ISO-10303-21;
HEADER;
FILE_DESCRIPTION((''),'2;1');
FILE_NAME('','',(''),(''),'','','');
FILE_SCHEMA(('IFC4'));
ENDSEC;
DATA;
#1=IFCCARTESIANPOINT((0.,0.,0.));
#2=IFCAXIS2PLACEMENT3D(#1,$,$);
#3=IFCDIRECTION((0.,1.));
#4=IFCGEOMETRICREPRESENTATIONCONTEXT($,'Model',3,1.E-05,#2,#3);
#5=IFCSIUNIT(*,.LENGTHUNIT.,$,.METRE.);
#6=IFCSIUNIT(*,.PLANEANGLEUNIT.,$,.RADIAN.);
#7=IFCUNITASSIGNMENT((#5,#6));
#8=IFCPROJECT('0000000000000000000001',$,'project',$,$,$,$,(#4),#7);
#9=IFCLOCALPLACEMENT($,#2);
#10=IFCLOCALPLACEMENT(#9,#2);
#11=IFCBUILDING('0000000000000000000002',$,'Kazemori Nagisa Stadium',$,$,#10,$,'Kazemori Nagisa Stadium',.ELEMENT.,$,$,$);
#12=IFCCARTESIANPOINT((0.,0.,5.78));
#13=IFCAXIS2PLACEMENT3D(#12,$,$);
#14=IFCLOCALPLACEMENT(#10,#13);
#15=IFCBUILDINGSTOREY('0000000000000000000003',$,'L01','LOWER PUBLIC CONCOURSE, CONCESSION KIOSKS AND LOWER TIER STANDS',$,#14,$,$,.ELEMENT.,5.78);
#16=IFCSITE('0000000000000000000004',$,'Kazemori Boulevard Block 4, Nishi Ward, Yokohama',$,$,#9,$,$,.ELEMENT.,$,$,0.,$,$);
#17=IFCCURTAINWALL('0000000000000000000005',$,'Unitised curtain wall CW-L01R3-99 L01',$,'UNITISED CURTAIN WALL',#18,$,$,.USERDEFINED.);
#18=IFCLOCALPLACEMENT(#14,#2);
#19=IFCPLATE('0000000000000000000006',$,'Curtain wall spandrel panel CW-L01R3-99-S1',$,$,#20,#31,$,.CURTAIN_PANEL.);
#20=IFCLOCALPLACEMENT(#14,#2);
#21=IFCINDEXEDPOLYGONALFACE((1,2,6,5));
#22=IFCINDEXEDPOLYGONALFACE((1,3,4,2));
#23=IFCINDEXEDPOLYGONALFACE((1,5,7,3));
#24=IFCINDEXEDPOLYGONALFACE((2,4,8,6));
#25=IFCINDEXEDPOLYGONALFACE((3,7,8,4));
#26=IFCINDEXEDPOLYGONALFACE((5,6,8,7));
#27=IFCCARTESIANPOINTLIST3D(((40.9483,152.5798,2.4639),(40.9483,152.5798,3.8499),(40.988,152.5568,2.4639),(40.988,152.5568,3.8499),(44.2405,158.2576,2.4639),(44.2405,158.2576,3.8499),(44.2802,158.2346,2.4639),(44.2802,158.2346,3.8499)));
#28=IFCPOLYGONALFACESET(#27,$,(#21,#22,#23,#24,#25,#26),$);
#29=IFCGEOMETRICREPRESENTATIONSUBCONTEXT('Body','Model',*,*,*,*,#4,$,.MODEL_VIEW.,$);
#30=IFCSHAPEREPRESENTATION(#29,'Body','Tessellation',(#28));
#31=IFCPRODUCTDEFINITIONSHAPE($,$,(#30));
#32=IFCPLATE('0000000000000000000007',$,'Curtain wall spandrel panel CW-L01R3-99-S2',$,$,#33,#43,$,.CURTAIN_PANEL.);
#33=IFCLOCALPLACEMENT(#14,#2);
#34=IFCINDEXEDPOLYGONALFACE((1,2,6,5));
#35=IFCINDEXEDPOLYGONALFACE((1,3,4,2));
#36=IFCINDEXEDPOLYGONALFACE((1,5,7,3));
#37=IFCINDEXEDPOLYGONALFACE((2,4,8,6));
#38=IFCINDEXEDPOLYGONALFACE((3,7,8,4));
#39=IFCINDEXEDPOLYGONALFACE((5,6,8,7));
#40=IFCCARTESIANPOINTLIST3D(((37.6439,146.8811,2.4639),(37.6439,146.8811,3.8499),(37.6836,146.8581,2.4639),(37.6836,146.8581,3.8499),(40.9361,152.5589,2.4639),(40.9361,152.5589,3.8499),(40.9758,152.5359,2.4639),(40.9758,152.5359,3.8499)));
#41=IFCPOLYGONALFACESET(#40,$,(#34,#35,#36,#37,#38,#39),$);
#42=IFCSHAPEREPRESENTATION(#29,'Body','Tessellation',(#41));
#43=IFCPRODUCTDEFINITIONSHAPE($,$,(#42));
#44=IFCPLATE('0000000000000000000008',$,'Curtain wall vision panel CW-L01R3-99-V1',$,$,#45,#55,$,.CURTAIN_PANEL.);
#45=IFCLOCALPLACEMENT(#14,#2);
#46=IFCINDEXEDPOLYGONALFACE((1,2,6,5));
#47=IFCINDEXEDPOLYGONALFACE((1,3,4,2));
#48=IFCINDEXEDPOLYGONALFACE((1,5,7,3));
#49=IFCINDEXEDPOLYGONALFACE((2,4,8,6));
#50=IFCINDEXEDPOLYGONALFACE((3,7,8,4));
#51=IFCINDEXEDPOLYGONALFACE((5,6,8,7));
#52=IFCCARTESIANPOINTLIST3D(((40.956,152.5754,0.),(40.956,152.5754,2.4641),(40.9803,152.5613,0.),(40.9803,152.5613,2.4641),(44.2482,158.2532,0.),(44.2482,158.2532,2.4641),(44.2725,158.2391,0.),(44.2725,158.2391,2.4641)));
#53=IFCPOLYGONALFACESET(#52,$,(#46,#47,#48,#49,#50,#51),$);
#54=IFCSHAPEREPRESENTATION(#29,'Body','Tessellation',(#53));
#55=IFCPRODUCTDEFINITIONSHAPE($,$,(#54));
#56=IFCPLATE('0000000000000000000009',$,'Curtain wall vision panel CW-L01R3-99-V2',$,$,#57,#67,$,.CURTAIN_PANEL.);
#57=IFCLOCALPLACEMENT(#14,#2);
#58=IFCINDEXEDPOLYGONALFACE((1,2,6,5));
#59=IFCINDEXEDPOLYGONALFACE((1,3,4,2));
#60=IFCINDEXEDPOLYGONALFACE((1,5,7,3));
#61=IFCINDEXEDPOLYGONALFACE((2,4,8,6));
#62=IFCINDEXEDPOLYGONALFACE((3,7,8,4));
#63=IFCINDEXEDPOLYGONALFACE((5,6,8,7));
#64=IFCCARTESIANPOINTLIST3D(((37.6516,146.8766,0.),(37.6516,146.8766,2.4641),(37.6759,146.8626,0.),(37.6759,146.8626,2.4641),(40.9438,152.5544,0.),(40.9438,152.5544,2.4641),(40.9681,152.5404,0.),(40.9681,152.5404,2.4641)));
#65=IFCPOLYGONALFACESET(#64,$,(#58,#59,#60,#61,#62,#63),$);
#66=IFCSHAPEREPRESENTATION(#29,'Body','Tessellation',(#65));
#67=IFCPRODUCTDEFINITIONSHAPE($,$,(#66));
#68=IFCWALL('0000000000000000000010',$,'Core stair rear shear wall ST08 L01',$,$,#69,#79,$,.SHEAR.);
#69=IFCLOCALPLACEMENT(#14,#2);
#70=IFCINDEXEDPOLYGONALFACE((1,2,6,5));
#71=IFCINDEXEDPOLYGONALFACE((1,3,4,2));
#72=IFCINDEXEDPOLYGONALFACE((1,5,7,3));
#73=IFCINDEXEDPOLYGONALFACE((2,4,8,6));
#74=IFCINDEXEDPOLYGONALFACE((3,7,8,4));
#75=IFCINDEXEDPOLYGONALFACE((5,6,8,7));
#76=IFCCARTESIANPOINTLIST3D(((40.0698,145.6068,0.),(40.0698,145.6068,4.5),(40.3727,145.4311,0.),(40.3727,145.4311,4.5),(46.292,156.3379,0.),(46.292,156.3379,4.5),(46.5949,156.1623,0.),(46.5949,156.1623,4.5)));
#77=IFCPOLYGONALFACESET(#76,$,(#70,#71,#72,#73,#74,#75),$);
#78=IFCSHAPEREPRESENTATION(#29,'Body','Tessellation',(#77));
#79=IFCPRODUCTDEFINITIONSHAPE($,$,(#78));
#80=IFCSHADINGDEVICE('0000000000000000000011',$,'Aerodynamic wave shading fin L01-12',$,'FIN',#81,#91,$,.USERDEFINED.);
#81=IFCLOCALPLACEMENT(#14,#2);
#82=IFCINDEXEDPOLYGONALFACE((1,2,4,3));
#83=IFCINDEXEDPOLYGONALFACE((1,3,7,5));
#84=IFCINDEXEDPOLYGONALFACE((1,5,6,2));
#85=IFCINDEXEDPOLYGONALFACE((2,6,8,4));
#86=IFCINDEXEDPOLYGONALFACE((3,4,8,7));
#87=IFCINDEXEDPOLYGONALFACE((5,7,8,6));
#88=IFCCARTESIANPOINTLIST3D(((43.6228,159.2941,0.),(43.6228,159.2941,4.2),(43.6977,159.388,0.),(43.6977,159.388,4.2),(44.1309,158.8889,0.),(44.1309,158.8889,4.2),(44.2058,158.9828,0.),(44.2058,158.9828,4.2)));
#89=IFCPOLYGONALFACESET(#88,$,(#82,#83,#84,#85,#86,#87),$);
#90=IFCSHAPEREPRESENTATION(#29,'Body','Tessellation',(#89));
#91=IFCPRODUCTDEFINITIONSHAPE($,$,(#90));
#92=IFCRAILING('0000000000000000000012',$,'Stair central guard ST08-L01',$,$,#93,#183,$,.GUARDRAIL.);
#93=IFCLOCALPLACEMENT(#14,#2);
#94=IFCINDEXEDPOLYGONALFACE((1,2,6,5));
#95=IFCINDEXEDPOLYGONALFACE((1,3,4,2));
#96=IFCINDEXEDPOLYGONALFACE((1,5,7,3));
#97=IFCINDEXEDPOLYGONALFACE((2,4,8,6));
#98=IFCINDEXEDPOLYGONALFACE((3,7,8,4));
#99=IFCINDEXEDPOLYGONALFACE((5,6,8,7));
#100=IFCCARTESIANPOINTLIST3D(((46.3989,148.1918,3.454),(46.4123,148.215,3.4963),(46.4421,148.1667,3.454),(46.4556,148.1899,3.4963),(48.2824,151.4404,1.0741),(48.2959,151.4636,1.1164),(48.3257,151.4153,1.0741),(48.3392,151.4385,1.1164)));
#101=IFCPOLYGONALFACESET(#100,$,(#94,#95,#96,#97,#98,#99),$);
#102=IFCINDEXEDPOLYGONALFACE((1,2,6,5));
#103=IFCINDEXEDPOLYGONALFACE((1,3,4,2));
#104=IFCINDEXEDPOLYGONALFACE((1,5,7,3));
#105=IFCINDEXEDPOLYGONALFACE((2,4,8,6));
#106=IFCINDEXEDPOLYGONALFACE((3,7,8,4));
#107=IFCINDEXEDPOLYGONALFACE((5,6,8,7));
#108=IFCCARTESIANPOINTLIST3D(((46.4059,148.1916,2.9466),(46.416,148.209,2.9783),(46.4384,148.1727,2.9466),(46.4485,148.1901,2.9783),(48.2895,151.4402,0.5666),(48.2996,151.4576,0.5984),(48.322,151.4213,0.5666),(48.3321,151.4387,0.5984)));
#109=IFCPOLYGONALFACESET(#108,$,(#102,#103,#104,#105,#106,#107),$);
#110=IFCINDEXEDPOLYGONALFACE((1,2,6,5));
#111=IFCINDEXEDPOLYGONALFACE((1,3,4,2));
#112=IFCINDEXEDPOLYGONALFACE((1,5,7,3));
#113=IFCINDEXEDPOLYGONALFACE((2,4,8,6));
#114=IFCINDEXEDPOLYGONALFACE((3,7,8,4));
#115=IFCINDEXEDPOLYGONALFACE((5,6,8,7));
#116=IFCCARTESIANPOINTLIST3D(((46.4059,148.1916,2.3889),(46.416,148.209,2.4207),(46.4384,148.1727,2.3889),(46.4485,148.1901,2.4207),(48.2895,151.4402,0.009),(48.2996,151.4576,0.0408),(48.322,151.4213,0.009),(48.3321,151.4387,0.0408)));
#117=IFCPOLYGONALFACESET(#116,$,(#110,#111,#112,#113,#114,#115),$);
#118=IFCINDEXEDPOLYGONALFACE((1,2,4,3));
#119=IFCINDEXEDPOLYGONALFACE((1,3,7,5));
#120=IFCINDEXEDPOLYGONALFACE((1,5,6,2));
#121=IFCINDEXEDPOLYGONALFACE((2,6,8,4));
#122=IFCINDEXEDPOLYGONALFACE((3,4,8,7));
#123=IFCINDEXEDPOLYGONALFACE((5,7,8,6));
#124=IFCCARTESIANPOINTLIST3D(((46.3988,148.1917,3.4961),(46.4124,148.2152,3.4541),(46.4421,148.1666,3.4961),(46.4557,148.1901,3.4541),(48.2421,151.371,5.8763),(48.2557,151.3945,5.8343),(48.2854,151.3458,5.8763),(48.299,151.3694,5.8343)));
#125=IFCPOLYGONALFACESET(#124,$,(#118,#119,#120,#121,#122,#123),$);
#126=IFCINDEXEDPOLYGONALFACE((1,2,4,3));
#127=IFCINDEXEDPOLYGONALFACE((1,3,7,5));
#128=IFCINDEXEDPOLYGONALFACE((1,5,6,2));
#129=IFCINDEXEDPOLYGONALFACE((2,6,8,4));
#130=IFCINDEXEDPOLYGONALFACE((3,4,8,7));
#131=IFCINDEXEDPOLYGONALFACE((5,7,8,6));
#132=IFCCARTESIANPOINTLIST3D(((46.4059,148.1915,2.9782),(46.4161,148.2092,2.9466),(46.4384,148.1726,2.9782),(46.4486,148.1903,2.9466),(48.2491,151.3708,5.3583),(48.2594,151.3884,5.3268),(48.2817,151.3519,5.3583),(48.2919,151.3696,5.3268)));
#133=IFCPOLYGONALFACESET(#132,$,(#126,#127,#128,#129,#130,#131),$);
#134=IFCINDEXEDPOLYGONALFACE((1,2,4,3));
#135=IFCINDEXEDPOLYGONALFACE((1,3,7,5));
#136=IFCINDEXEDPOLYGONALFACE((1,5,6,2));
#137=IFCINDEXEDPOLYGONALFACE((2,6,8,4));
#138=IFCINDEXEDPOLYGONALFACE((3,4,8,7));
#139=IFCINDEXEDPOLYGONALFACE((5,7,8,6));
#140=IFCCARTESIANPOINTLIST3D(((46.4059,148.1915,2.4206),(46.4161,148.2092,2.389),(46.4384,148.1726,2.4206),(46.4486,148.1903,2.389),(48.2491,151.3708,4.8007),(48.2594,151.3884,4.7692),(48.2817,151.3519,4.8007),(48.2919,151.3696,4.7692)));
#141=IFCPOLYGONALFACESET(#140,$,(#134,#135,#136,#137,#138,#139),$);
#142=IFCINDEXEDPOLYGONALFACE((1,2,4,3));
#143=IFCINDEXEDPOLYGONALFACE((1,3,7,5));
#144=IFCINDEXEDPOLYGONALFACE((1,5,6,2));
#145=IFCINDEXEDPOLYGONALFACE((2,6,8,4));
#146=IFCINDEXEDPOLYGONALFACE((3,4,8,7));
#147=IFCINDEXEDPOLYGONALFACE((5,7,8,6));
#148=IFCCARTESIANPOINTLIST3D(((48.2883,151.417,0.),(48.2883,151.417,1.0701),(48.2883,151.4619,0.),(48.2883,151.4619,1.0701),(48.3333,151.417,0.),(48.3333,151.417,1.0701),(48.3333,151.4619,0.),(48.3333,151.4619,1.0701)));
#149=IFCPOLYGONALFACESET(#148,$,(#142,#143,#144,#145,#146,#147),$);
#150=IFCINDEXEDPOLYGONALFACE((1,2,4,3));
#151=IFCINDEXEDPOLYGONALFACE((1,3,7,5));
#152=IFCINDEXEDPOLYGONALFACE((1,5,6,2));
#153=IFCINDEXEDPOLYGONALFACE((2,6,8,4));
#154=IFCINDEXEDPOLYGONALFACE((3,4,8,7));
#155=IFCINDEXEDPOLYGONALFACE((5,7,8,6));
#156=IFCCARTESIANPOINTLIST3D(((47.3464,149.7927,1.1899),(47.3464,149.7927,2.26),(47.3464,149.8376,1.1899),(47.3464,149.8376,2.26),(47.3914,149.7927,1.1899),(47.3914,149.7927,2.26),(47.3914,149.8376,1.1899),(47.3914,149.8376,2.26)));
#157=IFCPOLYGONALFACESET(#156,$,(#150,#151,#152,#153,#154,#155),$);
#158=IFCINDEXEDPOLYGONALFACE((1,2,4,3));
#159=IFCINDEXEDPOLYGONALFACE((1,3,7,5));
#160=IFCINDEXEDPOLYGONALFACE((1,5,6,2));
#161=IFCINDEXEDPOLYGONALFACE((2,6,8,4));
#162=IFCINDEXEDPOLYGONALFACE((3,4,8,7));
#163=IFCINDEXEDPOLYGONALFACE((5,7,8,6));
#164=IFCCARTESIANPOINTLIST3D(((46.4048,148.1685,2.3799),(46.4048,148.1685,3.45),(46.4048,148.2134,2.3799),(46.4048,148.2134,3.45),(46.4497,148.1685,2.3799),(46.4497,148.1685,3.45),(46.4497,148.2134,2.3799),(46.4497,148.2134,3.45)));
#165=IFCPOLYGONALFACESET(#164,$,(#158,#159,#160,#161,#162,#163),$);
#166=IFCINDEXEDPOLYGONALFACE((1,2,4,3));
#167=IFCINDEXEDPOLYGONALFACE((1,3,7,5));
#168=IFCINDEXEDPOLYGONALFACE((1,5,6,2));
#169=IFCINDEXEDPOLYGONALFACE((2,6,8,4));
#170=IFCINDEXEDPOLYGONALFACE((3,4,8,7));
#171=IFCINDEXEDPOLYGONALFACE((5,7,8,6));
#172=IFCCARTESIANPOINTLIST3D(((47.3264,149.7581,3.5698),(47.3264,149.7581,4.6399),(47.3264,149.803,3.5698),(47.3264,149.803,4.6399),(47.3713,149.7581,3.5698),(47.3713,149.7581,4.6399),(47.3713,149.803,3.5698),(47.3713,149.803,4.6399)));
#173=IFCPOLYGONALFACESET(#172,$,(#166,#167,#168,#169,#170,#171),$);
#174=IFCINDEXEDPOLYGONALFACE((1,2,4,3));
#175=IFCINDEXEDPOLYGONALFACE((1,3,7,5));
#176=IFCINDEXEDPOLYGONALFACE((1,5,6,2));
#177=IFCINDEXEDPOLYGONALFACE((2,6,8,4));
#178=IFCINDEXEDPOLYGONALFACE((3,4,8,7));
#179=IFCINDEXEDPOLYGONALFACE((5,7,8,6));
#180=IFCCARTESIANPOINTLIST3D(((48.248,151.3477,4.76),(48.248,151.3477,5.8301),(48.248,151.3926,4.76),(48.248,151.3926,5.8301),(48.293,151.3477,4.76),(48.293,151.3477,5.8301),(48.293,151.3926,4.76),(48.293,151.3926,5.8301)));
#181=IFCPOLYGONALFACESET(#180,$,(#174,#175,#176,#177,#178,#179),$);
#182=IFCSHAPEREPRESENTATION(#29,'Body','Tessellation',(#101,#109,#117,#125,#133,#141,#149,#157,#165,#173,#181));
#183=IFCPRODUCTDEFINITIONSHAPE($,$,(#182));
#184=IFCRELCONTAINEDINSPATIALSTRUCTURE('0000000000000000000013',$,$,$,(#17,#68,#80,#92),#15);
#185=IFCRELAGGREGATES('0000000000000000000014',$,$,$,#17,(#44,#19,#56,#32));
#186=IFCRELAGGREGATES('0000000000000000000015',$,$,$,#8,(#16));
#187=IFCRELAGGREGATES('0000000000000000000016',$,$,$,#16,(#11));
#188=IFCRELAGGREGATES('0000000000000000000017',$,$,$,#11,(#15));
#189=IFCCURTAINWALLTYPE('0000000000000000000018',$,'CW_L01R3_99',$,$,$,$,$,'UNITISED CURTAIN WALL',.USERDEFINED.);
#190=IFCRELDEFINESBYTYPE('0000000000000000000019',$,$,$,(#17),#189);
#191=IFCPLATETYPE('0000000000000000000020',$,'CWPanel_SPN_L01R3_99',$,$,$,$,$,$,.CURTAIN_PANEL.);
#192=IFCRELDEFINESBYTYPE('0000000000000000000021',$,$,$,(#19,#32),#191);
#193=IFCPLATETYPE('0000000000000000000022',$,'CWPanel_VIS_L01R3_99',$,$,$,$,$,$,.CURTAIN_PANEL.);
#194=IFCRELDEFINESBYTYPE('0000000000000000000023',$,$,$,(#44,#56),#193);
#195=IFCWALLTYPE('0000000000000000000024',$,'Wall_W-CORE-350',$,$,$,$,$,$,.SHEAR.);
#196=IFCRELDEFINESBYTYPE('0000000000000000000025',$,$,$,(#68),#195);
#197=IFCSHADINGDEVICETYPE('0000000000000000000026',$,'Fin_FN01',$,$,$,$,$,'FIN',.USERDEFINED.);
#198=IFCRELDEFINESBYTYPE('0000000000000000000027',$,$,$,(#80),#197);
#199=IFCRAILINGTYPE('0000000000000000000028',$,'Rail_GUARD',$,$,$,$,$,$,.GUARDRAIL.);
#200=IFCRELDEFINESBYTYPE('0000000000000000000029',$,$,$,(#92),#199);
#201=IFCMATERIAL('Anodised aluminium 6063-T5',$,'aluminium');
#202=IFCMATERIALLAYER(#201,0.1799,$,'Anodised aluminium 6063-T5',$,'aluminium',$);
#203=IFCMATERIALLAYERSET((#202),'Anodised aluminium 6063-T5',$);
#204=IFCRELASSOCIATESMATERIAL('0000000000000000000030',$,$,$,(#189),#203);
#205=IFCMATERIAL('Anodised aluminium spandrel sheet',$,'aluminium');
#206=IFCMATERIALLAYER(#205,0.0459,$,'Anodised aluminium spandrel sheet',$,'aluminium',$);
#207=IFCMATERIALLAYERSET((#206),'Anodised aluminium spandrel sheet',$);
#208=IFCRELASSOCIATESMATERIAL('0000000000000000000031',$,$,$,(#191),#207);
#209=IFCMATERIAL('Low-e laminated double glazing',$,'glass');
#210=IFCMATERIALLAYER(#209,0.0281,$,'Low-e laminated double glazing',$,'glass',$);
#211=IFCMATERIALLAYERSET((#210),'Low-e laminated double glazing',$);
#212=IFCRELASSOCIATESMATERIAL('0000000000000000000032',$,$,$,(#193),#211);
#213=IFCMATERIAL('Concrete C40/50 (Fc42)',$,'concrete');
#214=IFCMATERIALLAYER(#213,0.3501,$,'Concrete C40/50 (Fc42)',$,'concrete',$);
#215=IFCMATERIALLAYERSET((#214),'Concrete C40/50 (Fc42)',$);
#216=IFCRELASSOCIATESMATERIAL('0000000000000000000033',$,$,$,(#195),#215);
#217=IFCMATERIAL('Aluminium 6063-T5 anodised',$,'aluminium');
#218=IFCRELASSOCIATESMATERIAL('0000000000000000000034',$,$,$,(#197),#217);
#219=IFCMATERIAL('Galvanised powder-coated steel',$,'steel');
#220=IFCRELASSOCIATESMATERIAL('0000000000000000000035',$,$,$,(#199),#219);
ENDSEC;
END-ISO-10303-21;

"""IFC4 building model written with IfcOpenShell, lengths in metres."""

from ifc_helpers import new_model, si_unit, direction, frame, frame_2d, origin, origin_2d, place, context, subcontext, project, spatial, rectangle, extrude, material, layer, layer_set, type_object, element, aggregate, save


model = new_model("IFC4")

# Units and contexts
model_context = context("Model", 3, precision=1e-05, world=origin(), true_north=direction((0.0, 1.0)))
body_context = subcontext(model_context, "Body", "Model", "MODEL_VIEW")
ifc_project = project(units=[si_unit("LENGTHUNIT", "METRE"), si_unit("PLANEANGLEUNIT", "RADIAN")], contexts=[model_context])

# Site, building, storey
site_placement = place(None, origin())
site = spatial("IfcSite", under=ifc_project, at=site_placement, Name="Kazemori Boulevard Block 4, Nishi Ward, Yokohama", CompositionType="ELEMENT", RefElevation=0.0)
building_placement = place(site_placement, origin())
building = spatial("IfcBuilding", under=site, at=building_placement, Name="Kazemori Nagisa Stadium", LongName="Kazemori Nagisa Stadium", CompositionType="ELEMENT")
storey_placement = place(building_placement, frame((0.0, 0.0, 5.78)))
storey = spatial("IfcBuildingStorey", under=building, at=storey_placement, Name="L01", Description="LOWER PUBLIC CONCOURSE, CONCESSION KIOSKS AND LOWER TIER STANDS", CompositionType="ELEMENT", Elevation=5.78)

# Shared definitions
ifc_material_1 = material(Name="Concrete C40/50 (Fc42)", Category="concrete")

# Curtain wall, plates
ifc_material_2 = material(Name="Anodised aluminium 6063-T5", Category="aluminium")
ifc_layer_1 = layer(ifc_material_2, 0.1799, Name="Anodised aluminium 6063-T5", Category="aluminium")
ifc_layer_set_1 = layer_set([ifc_layer_1], Name="Anodised aluminium 6063-T5")
curtain_wall_type = type_object("IfcCurtainWallType", Name="CW_L01R3_99", ElementType="UNITISED CURTAIN WALL", PredefinedType="USERDEFINED", material=ifc_layer_set_1)
curtain_wall_placement = place(storey_placement, origin())
curtain_wall = element("IfcCurtainWall", 1, at=curtain_wall_placement, inside=storey, type_object=curtain_wall_type, Name="Unitised curtain wall CW-L01R3-99 L01", ObjectType="UNITISED CURTAIN WALL", PredefinedType="USERDEFINED")
ifc_material_3 = material(Name="Aluminium 6063-T5 anodised", Category="aluminium")
ifc_material_4 = material(Name="Anodised aluminium spandrel sheet", Category="aluminium")
ifc_layer_2 = layer(ifc_material_4, 0.0459, Name="Anodised aluminium spandrel sheet", Category="aluminium")
ifc_layer_set_2 = layer_set([ifc_layer_2], Name="Anodised aluminium spandrel sheet")
plate_type_1 = type_object("IfcPlateType", Name="CWPanel_SPN_L01R3_99", PredefinedType="CURTAIN_PANEL", material=ifc_layer_set_2)
plate_1_placement = place(storey_placement, frame((42.6143, 155.4072, 2.4639), z_axis=(0.0, 0.0, 1.0), x_axis=(-0.501612, -0.865093, 0.0)))
plate_1 = element("IfcPlate", 2, at=plate_1_placement, type_object=plate_type_1, Name="Curtain wall spandrel panel CW-L01R3-99-S1", PredefinedType="CURTAIN_PANEL", context=body_context, shape_type="SweptSolid", body=[
    extrude(rectangle(XDim=6.5632, YDim=0.0459, at=origin_2d()), origin(), (0.0, 0.0, 1.0), 1.386),
])
plate_2_placement = place(storey_placement, frame((39.3098, 149.7085, 2.4639), z_axis=(0.0, 0.0, 1.0), x_axis=(-0.501612, -0.865093, 0.0)))
plate_2 = element("IfcPlate", 3, at=plate_2_placement, type_object=plate_type_1, Name="Curtain wall spandrel panel CW-L01R3-99-S2", PredefinedType="CURTAIN_PANEL", context=body_context, shape_type="SweptSolid", body=[
    extrude(rectangle(XDim=6.5632, YDim=0.0459, at=origin_2d()), origin(), (0.0, 0.0, 1.0), 1.386),
])
ifc_material_5 = material(Name="Low-e laminated double glazing", Category="glass")
ifc_layer_3 = layer(ifc_material_5, 0.0281, Name="Low-e laminated double glazing", Category="glass")
ifc_layer_set_3 = layer_set([ifc_layer_3], Name="Low-e laminated double glazing")
plate_type_2 = type_object("IfcPlateType", Name="CWPanel_VIS_L01R3_99", PredefinedType="CURTAIN_PANEL", material=ifc_layer_set_3)
plate_3_placement = place(storey_placement, frame((42.6143, 155.4072, 0.0), z_axis=(0.0, 0.0, 1.0), x_axis=(-0.501612, -0.865093, 0.0)))
plate_3 = element("IfcPlate", 4, at=plate_3_placement, type_object=plate_type_2, Name="Curtain wall vision panel CW-L01R3-99-V1", PredefinedType="CURTAIN_PANEL", context=body_context, shape_type="SweptSolid", body=[
    extrude(rectangle(XDim=6.5632, YDim=0.0281, at=origin_2d()), origin(), (0.0, 0.0, 1.0), 2.4641),
])
plate_4_placement = place(storey_placement, frame((39.3098, 149.7085, 0.0), z_axis=(0.0, 0.0, 1.0), x_axis=(-0.501612, -0.865093, 0.0)))
plate_4 = element("IfcPlate", 5, at=plate_4_placement, type_object=plate_type_2, Name="Curtain wall vision panel CW-L01R3-99-V2", PredefinedType="CURTAIN_PANEL", context=body_context, shape_type="SweptSolid", body=[
    extrude(rectangle(XDim=6.5632, YDim=0.0281, at=origin_2d()), origin(), (0.0, 0.0, 1.0), 2.4641),
])
aggregate(curtain_wall, [plate_3, plate_1, plate_4, plate_2])

# Wall
ifc_layer_4 = layer(ifc_material_1, 0.3501, Name="Concrete C40/50 (Fc42)", Category="concrete")
ifc_layer_set_4 = layer_set([ifc_layer_4], Name="Concrete C40/50 (Fc42)")
wall_type = type_object("IfcWallType", Name="Wall_W-CORE-350", PredefinedType="SHEAR", material=ifc_layer_set_4)
wall_placement = place(storey_placement, frame((46.4434, 156.25, 0.0), z_axis=(0.0, 0.0, 1.0), x_axis=(-0.501602, -0.865099, 0.0)))
element("IfcWall", 6, at=wall_placement, inside=storey, type_object=wall_type, Name="Core stair rear shear wall ST08 L01", PredefinedType="SHEAR", context=body_context, shape_type="SweptSolid", body=[
    extrude(rectangle(XDim=12.4045, YDim=0.3501, at=frame_2d((6.2021, 0.0))), origin(), (0.0, 0.0, 1.0), 4.5),
])

# Shading device
shading_device_type = type_object("IfcShadingDeviceType", Name="Fin_FN01", ElementType="FIN", PredefinedType="USERDEFINED", material=ifc_material_3)
shading_device_placement = place(storey_placement, frame((43.9143, 159.1384, 0.0), z_axis=(0.0, 0.0, 1.0), x_axis=(-0.781831, 0.62349, 0.0)))
element("IfcShadingDevice", 7, at=shading_device_placement, inside=storey, type_object=shading_device_type, Name="Aerodynamic wave shading fin L01-12", ObjectType="FIN", PredefinedType="USERDEFINED", context=body_context, shape_type="SweptSolid", body=[
    extrude(rectangle(XDim=0.6499, YDim=0.1201, at=origin_2d()), origin(), (0.0, 0.0, 1.0), 4.2),
])

# Railing
ifc_material_6 = material(Name="Galvanised powder-coated steel", Category="steel")
railing_type_1 = type_object("IfcRailingType", Name="Rail_GUARD", PredefinedType="GUARDRAIL", material=ifc_material_6)
railing_1_placement = place(storey_placement, frame((48.3108, 151.4395, 0.0)))
element("IfcRailing", 8, at=railing_1_placement, inside=storey, type_object=railing_type_1, Name="Stair central guard ST08-L01", PredefinedType="GUARDRAIL", context=body_context, shape_type="SweptSolid", body=[
    extrude(rectangle(XDim=0.05, YDim=0.05, at=origin_2d()), frame((0.0, 0.0, 1.0952), z_axis=(-0.423675, -0.730708, 0.535318), x_axis=(0.865101, -0.501597, 0.0)), (0.0, 0.0, 1.0), 4.4458),
    extrude(rectangle(XDim=0.0376, YDim=0.0376, at=origin_2d()), frame((0.0, 0.0, 0.5825), z_axis=(-0.423675, -0.730708, 0.535318), x_axis=(0.865101, -0.501597, 0.0)), (0.0, 0.0, 1.0), 4.4458),
    extrude(rectangle(XDim=0.0376, YDim=0.0376, at=origin_2d()), frame((0.0, 0.0, 0.0249), z_axis=(-0.423675, -0.730708, 0.535318), x_axis=(0.865101, -0.501597, 0.0)), (0.0, 0.0, 1.0), 4.4458),
    extrude(rectangle(XDim=0.05, YDim=0.05, at=origin_2d()), frame((-1.8835, -3.2485, 3.4751), z_axis=(0.420995, 0.726119, 0.543613), x_axis=(-0.865111, 0.501581, 0.0)), (0.0, 0.0, 1.0), 4.3784),
    extrude(rectangle(XDim=0.0376, YDim=0.0376, at=origin_2d()), frame((-1.8835, -3.2485, 2.9624), z_axis=(0.420995, 0.726119, 0.543613), x_axis=(-0.865111, 0.501581, 0.0)), (0.0, 0.0, 1.0), 4.3784),
    extrude(rectangle(XDim=0.0376, YDim=0.0376, at=origin_2d()), frame((-1.8835, -3.2485, 2.4048), z_axis=(0.420995, 0.726119, 0.543613), x_axis=(-0.865111, 0.501581, 0.0)), (0.0, 0.0, 1.0), 4.3784),
    extrude(rectangle(XDim=0.0449, YDim=0.0449, at=origin_2d()), origin(), (0.0, 0.0, 1.0), 1.0701),
    extrude(rectangle(XDim=0.0449, YDim=0.0449, at=origin_2d()), frame((-0.9419, -1.6243, 1.1899)), (0.0, 0.0, 1.0), 1.0701),
    extrude(rectangle(XDim=0.0449, YDim=0.0449, at=origin_2d()), frame((-1.8835, -3.2485, 2.3799)), (0.0, 0.0, 1.0), 1.0701),
    extrude(rectangle(XDim=0.0449, YDim=0.0449, at=origin_2d()), frame((-0.9619, -1.6589, 3.5698)), (0.0, 0.0, 1.0), 1.0701),
    extrude(rectangle(XDim=0.0449, YDim=0.0449, at=origin_2d()), frame((-0.0403, -0.0693, 4.76)), (0.0, 0.0, 1.0), 1.0701),
])

save(model, "model.ifc")
